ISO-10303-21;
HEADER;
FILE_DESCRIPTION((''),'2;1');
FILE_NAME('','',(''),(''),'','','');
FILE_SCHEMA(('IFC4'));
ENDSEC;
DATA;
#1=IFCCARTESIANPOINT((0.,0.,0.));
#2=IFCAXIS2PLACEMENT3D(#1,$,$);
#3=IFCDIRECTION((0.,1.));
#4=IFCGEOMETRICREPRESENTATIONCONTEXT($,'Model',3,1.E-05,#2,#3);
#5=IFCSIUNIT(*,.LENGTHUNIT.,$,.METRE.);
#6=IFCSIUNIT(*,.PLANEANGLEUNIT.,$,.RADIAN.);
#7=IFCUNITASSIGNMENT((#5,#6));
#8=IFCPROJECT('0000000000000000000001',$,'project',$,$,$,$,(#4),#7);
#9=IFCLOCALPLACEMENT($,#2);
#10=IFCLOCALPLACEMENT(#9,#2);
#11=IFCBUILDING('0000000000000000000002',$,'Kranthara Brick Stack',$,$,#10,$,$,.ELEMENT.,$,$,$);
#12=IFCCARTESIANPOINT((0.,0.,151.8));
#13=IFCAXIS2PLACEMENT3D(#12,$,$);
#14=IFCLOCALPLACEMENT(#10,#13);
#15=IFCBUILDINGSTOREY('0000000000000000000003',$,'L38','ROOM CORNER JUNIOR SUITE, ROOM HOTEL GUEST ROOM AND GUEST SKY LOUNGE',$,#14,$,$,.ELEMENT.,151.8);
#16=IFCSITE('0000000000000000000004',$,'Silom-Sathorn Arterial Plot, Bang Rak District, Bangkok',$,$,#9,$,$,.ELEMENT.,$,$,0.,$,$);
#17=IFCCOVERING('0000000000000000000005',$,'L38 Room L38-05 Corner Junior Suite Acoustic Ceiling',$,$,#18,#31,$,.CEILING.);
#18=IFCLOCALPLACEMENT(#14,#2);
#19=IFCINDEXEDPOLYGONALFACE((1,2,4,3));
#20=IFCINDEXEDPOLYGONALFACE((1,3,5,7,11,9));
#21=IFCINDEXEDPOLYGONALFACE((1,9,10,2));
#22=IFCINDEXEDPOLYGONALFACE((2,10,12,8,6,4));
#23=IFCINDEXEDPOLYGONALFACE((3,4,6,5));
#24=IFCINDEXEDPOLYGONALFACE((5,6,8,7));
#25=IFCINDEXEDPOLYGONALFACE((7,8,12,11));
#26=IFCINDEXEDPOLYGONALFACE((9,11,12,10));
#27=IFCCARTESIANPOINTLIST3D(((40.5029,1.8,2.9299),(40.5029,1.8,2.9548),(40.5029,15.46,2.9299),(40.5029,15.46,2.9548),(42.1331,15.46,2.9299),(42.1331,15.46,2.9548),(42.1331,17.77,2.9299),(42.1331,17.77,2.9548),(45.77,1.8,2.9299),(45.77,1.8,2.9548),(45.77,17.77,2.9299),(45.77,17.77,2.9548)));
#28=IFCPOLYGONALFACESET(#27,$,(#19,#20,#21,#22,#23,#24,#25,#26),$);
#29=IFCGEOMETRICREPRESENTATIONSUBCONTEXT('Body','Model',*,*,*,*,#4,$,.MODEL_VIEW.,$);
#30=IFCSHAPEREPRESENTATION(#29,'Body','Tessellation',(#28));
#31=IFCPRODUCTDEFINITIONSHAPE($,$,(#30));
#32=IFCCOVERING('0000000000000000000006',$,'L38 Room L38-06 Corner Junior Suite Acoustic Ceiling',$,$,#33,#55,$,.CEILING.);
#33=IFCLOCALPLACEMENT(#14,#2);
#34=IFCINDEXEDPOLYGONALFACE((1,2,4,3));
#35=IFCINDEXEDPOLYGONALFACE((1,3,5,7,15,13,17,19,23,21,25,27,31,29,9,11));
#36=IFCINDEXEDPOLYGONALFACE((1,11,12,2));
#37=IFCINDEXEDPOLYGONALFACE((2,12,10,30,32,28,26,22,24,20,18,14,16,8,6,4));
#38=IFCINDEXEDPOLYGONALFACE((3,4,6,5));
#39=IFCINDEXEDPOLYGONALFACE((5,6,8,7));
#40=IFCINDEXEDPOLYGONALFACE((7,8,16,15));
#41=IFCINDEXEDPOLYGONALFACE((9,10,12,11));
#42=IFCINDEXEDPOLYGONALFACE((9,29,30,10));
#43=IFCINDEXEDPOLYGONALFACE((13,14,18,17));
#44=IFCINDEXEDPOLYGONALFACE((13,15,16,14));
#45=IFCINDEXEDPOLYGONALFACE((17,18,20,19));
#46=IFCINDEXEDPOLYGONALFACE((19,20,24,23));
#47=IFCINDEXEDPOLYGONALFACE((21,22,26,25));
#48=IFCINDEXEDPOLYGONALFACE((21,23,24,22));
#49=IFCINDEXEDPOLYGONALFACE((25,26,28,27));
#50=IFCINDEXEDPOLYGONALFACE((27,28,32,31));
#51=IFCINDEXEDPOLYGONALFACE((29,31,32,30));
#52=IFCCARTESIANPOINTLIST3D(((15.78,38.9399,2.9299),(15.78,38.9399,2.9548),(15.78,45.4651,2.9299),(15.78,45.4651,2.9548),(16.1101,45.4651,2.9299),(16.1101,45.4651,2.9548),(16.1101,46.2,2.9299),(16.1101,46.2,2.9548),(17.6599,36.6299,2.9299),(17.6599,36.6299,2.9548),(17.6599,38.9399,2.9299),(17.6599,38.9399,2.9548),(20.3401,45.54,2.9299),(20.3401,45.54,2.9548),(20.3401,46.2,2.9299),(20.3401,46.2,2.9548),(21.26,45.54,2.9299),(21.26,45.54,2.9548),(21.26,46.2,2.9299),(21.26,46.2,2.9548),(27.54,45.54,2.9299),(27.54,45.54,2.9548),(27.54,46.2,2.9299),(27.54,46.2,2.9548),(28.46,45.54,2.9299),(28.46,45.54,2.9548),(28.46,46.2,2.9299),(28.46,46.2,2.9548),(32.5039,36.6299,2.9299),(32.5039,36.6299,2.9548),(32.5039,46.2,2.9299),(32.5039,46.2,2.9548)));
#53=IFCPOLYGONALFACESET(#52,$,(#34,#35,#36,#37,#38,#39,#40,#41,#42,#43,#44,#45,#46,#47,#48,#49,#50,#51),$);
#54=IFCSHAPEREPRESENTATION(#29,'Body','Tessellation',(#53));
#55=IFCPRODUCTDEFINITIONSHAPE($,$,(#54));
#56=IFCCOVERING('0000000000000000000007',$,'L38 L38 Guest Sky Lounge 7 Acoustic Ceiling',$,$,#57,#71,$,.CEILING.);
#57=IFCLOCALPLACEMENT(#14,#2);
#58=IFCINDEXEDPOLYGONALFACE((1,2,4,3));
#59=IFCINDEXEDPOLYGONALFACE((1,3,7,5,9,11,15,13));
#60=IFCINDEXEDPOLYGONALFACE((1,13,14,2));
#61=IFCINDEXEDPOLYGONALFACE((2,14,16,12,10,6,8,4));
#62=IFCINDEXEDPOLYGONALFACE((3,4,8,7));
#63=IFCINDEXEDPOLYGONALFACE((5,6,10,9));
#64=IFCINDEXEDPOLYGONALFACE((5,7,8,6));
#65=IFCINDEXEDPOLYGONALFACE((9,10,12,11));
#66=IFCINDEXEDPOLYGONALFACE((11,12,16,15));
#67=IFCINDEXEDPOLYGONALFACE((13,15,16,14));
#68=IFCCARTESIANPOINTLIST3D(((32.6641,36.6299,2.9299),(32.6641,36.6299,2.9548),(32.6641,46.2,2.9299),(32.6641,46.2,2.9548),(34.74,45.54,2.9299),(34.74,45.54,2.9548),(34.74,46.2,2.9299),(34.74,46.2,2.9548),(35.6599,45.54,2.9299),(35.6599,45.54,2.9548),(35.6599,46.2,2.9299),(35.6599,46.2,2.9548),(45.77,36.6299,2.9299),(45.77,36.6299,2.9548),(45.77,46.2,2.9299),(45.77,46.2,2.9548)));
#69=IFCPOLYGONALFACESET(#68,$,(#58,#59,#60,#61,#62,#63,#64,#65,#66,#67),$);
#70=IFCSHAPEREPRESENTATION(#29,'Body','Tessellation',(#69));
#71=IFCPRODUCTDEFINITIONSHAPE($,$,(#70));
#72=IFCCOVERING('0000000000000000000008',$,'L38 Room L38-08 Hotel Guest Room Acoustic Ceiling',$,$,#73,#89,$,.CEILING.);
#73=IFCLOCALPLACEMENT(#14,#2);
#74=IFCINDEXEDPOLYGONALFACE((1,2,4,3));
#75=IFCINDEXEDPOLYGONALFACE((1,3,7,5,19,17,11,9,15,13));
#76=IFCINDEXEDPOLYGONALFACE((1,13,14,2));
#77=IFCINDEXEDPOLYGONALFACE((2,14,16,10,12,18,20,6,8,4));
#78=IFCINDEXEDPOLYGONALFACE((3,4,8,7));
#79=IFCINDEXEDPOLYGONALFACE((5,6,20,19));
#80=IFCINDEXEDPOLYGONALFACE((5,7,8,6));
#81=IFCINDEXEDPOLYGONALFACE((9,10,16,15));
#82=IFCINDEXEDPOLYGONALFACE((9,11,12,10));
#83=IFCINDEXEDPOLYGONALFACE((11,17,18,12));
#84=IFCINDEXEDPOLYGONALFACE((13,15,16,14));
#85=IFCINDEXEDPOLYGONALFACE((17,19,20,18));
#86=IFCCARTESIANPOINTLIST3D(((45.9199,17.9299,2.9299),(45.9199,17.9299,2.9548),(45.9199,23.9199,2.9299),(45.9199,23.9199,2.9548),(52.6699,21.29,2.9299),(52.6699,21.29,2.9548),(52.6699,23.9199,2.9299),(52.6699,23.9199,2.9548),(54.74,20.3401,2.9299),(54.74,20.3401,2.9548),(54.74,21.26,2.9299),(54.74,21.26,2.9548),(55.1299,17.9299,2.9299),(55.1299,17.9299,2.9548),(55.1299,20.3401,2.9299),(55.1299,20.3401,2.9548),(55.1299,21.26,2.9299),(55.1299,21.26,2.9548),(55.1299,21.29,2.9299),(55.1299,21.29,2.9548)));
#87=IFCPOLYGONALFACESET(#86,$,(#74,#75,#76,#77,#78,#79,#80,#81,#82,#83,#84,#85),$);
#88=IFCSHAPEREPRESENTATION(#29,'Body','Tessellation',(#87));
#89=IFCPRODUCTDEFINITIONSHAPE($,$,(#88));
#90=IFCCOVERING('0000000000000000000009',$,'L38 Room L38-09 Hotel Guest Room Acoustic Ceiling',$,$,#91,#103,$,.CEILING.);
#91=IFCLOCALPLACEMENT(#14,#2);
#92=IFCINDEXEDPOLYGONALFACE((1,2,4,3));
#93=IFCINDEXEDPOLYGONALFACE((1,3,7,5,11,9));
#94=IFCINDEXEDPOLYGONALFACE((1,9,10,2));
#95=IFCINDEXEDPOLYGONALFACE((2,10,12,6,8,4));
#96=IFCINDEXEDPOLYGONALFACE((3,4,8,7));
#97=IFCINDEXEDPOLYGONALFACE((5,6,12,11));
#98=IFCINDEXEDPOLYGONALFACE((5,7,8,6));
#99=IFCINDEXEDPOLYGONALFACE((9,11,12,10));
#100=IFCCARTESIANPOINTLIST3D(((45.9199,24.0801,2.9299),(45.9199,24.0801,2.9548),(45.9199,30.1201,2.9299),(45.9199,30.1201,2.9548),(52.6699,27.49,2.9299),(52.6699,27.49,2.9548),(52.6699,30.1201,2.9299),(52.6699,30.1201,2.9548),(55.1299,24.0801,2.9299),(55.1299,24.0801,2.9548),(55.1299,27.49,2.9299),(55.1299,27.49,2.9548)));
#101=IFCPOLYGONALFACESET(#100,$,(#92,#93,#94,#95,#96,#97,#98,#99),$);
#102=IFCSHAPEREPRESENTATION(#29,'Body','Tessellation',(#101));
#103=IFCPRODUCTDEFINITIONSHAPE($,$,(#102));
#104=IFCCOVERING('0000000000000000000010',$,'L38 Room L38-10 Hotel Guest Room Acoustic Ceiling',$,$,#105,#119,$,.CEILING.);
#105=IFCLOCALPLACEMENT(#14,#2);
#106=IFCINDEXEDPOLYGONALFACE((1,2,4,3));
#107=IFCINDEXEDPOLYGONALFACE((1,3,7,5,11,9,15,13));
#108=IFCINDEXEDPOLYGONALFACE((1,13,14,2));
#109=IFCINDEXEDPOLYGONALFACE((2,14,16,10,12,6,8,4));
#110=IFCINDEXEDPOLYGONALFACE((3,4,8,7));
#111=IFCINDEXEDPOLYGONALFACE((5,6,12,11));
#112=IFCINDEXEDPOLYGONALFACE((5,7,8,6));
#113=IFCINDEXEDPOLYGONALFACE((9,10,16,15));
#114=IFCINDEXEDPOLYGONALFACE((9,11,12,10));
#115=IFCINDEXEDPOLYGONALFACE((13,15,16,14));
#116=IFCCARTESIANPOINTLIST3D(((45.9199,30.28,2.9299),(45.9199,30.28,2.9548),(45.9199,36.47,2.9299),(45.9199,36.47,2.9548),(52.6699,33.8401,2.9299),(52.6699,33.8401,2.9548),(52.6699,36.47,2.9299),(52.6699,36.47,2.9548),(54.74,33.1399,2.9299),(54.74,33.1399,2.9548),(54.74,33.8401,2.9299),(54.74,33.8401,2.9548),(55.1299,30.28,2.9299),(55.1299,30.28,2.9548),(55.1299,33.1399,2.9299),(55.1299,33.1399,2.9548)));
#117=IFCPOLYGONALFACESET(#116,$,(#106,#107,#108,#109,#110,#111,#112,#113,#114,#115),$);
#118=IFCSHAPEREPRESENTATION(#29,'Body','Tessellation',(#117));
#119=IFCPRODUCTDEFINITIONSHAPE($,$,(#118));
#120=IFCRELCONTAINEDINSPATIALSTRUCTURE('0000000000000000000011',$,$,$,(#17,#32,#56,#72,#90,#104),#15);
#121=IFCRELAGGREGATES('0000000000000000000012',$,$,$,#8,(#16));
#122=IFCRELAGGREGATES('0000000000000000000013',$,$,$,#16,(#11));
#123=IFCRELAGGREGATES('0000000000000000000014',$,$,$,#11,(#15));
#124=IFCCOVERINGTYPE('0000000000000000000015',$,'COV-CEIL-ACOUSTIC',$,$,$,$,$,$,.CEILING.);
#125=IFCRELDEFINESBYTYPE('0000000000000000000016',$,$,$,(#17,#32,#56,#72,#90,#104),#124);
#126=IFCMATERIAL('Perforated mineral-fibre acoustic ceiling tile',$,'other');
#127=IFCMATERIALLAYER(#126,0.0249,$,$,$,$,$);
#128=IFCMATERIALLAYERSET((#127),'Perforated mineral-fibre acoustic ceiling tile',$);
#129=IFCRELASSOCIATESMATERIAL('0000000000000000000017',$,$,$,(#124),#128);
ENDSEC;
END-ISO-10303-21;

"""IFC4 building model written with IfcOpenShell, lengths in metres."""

from ifc_helpers import new_model, si_unit, direction, frame, origin, place, context, subcontext, project, spatial, polyline, outline, extrude, material, layer, layer_set, type_object, element, save


model = new_model("IFC4")

# Units and contexts
model_context = context("Model", 3, precision=1e-05, world=origin(), true_north=direction((0.0, 1.0)))
body_context = subcontext(model_context, "Body", "Model", "MODEL_VIEW")
ifc_project = project(units=[si_unit("LENGTHUNIT", "METRE"), si_unit("PLANEANGLEUNIT", "RADIAN")], contexts=[model_context])

# Site, building, storey
site_placement = place(None, origin())
site = spatial("IfcSite", under=ifc_project, at=site_placement, Name="Silom-Sathorn Arterial Plot, Bang Rak District, Bangkok", CompositionType="ELEMENT", RefElevation=0.0)
building_placement = place(site_placement, origin())
building = spatial("IfcBuilding", under=site, at=building_placement, Name="Kranthara Brick Stack", CompositionType="ELEMENT")
storey_placement = place(building_placement, frame((0.0, 0.0, 151.8)))
storey = spatial("IfcBuildingStorey", under=building, at=storey_placement, Name="L38", Description="ROOM CORNER JUNIOR SUITE, ROOM HOTEL GUEST ROOM AND GUEST SKY LOUNGE", CompositionType="ELEMENT", Elevation=151.8)

# Coverings
ifc_material_1 = material(Name="Perforated mineral-fibre acoustic ceiling tile", Category="other")
ifc_layer_1 = layer(ifc_material_1, 0.0249)
ifc_layer_set_1 = layer_set([ifc_layer_1], Name="Perforated mineral-fibre acoustic ceiling tile")
covering_type = type_object("IfcCoveringType", Name="COV-CEIL-ACOUSTIC", PredefinedType="CEILING", material=ifc_layer_set_1)
covering_1_placement = place(storey_placement, frame((0.0, 0.0, 2.9299)))
element("IfcCovering", 1, at=covering_1_placement, inside=storey, type_object=covering_type, Name="L38 Room L38-05 Corner Junior Suite Acoustic Ceiling", PredefinedType="CEILING", context=body_context, shape_type="SweptSolid", body=[
    extrude(outline(polyline([(40.5029, 1.8), (45.77, 1.8), (45.77, 17.77), (42.1331, 17.77), (42.1331, 15.46), (40.5029, 15.46), (40.5029, 1.8)])), origin(), (0.0, 0.0, 1.0), 0.0249),
])
covering_2_placement = place(storey_placement, frame((0.0, 0.0, 2.9299)))
element("IfcCovering", 2, at=covering_2_placement, inside=storey, type_object=covering_type, Name="L38 Room L38-06 Corner Junior Suite Acoustic Ceiling", PredefinedType="CEILING", context=body_context, shape_type="SweptSolid", body=[
    extrude(outline(polyline([(17.6599, 36.6299), (17.6599, 38.9399), (15.78, 38.9399), (15.78, 45.4651), (16.1101, 45.4651), (16.1101, 46.2), (20.3401, 46.2), (20.3401, 45.54), (21.26, 45.54), (21.26, 46.2), (27.54, 46.2), (27.54, 45.54), (28.46, 45.54), (28.46, 46.2), (32.5039, 46.2), (32.5039, 36.6299), (17.6599, 36.6299)])), origin(), (0.0, 0.0, 1.0), 0.0249),
])
covering_3_placement = place(storey_placement, frame((0.0, 0.0, 2.9299)))
element("IfcCovering", 3, at=covering_3_placement, inside=storey, type_object=covering_type, Name="L38 L38 Guest Sky Lounge 7 Acoustic Ceiling", PredefinedType="CEILING", context=body_context, shape_type="SweptSolid", body=[
    extrude(outline(polyline([(45.77, 46.2), (45.77, 36.6299), (32.6641, 36.6299), (32.6641, 46.2), (34.74, 46.2), (34.74, 45.54), (35.6599, 45.54), (35.6599, 46.2), (45.77, 46.2)])), origin(), (0.0, 0.0, 1.0), 0.0249),
])
covering_4_placement = place(storey_placement, frame((0.0, 0.0, 2.9299)))
element("IfcCovering", 4, at=covering_4_placement, inside=storey, type_object=covering_type, Name="L38 Room L38-08 Hotel Guest Room Acoustic Ceiling", PredefinedType="CEILING", context=body_context, shape_type="SweptSolid", body=[
    extrude(outline(polyline([(55.1299, 17.9299), (45.9199, 17.9299), (45.9199, 23.9199), (52.6699, 23.9199), (52.6699, 21.29), (55.1299, 21.29), (55.1299, 21.26), (54.74, 21.26), (54.74, 20.3401), (55.1299, 20.3401), (55.1299, 17.9299)])), origin(), (0.0, 0.0, 1.0), 0.0249),
])
covering_5_placement = place(storey_placement, frame((0.0, 0.0, 2.9299)))
element("IfcCovering", 5, at=covering_5_placement, inside=storey, type_object=covering_type, Name="L38 Room L38-09 Hotel Guest Room Acoustic Ceiling", PredefinedType="CEILING", context=body_context, shape_type="SweptSolid", body=[
    extrude(outline(polyline([(45.9199, 24.0801), (55.1299, 24.0801), (55.1299, 27.49), (52.6699, 27.49), (52.6699, 30.1201), (45.9199, 30.1201), (45.9199, 24.0801)])), origin(), (0.0, 0.0, 1.0), 0.0249),
])
covering_6_placement = place(storey_placement, frame((0.0, 0.0, 2.9299)))
element("IfcCovering", 6, at=covering_6_placement, inside=storey, type_object=covering_type, Name="L38 Room L38-10 Hotel Guest Room Acoustic Ceiling", PredefinedType="CEILING", context=body_context, shape_type="SweptSolid", body=[
    extrude(outline(polyline([(55.1299, 30.28), (45.9199, 30.28), (45.9199, 36.47), (52.6699, 36.47), (52.6699, 33.8401), (54.74, 33.8401), (54.74, 33.1399), (55.1299, 33.1399), (55.1299, 30.28)])), origin(), (0.0, 0.0, 1.0), 0.0249),
])

save(model, "model.ifc")
